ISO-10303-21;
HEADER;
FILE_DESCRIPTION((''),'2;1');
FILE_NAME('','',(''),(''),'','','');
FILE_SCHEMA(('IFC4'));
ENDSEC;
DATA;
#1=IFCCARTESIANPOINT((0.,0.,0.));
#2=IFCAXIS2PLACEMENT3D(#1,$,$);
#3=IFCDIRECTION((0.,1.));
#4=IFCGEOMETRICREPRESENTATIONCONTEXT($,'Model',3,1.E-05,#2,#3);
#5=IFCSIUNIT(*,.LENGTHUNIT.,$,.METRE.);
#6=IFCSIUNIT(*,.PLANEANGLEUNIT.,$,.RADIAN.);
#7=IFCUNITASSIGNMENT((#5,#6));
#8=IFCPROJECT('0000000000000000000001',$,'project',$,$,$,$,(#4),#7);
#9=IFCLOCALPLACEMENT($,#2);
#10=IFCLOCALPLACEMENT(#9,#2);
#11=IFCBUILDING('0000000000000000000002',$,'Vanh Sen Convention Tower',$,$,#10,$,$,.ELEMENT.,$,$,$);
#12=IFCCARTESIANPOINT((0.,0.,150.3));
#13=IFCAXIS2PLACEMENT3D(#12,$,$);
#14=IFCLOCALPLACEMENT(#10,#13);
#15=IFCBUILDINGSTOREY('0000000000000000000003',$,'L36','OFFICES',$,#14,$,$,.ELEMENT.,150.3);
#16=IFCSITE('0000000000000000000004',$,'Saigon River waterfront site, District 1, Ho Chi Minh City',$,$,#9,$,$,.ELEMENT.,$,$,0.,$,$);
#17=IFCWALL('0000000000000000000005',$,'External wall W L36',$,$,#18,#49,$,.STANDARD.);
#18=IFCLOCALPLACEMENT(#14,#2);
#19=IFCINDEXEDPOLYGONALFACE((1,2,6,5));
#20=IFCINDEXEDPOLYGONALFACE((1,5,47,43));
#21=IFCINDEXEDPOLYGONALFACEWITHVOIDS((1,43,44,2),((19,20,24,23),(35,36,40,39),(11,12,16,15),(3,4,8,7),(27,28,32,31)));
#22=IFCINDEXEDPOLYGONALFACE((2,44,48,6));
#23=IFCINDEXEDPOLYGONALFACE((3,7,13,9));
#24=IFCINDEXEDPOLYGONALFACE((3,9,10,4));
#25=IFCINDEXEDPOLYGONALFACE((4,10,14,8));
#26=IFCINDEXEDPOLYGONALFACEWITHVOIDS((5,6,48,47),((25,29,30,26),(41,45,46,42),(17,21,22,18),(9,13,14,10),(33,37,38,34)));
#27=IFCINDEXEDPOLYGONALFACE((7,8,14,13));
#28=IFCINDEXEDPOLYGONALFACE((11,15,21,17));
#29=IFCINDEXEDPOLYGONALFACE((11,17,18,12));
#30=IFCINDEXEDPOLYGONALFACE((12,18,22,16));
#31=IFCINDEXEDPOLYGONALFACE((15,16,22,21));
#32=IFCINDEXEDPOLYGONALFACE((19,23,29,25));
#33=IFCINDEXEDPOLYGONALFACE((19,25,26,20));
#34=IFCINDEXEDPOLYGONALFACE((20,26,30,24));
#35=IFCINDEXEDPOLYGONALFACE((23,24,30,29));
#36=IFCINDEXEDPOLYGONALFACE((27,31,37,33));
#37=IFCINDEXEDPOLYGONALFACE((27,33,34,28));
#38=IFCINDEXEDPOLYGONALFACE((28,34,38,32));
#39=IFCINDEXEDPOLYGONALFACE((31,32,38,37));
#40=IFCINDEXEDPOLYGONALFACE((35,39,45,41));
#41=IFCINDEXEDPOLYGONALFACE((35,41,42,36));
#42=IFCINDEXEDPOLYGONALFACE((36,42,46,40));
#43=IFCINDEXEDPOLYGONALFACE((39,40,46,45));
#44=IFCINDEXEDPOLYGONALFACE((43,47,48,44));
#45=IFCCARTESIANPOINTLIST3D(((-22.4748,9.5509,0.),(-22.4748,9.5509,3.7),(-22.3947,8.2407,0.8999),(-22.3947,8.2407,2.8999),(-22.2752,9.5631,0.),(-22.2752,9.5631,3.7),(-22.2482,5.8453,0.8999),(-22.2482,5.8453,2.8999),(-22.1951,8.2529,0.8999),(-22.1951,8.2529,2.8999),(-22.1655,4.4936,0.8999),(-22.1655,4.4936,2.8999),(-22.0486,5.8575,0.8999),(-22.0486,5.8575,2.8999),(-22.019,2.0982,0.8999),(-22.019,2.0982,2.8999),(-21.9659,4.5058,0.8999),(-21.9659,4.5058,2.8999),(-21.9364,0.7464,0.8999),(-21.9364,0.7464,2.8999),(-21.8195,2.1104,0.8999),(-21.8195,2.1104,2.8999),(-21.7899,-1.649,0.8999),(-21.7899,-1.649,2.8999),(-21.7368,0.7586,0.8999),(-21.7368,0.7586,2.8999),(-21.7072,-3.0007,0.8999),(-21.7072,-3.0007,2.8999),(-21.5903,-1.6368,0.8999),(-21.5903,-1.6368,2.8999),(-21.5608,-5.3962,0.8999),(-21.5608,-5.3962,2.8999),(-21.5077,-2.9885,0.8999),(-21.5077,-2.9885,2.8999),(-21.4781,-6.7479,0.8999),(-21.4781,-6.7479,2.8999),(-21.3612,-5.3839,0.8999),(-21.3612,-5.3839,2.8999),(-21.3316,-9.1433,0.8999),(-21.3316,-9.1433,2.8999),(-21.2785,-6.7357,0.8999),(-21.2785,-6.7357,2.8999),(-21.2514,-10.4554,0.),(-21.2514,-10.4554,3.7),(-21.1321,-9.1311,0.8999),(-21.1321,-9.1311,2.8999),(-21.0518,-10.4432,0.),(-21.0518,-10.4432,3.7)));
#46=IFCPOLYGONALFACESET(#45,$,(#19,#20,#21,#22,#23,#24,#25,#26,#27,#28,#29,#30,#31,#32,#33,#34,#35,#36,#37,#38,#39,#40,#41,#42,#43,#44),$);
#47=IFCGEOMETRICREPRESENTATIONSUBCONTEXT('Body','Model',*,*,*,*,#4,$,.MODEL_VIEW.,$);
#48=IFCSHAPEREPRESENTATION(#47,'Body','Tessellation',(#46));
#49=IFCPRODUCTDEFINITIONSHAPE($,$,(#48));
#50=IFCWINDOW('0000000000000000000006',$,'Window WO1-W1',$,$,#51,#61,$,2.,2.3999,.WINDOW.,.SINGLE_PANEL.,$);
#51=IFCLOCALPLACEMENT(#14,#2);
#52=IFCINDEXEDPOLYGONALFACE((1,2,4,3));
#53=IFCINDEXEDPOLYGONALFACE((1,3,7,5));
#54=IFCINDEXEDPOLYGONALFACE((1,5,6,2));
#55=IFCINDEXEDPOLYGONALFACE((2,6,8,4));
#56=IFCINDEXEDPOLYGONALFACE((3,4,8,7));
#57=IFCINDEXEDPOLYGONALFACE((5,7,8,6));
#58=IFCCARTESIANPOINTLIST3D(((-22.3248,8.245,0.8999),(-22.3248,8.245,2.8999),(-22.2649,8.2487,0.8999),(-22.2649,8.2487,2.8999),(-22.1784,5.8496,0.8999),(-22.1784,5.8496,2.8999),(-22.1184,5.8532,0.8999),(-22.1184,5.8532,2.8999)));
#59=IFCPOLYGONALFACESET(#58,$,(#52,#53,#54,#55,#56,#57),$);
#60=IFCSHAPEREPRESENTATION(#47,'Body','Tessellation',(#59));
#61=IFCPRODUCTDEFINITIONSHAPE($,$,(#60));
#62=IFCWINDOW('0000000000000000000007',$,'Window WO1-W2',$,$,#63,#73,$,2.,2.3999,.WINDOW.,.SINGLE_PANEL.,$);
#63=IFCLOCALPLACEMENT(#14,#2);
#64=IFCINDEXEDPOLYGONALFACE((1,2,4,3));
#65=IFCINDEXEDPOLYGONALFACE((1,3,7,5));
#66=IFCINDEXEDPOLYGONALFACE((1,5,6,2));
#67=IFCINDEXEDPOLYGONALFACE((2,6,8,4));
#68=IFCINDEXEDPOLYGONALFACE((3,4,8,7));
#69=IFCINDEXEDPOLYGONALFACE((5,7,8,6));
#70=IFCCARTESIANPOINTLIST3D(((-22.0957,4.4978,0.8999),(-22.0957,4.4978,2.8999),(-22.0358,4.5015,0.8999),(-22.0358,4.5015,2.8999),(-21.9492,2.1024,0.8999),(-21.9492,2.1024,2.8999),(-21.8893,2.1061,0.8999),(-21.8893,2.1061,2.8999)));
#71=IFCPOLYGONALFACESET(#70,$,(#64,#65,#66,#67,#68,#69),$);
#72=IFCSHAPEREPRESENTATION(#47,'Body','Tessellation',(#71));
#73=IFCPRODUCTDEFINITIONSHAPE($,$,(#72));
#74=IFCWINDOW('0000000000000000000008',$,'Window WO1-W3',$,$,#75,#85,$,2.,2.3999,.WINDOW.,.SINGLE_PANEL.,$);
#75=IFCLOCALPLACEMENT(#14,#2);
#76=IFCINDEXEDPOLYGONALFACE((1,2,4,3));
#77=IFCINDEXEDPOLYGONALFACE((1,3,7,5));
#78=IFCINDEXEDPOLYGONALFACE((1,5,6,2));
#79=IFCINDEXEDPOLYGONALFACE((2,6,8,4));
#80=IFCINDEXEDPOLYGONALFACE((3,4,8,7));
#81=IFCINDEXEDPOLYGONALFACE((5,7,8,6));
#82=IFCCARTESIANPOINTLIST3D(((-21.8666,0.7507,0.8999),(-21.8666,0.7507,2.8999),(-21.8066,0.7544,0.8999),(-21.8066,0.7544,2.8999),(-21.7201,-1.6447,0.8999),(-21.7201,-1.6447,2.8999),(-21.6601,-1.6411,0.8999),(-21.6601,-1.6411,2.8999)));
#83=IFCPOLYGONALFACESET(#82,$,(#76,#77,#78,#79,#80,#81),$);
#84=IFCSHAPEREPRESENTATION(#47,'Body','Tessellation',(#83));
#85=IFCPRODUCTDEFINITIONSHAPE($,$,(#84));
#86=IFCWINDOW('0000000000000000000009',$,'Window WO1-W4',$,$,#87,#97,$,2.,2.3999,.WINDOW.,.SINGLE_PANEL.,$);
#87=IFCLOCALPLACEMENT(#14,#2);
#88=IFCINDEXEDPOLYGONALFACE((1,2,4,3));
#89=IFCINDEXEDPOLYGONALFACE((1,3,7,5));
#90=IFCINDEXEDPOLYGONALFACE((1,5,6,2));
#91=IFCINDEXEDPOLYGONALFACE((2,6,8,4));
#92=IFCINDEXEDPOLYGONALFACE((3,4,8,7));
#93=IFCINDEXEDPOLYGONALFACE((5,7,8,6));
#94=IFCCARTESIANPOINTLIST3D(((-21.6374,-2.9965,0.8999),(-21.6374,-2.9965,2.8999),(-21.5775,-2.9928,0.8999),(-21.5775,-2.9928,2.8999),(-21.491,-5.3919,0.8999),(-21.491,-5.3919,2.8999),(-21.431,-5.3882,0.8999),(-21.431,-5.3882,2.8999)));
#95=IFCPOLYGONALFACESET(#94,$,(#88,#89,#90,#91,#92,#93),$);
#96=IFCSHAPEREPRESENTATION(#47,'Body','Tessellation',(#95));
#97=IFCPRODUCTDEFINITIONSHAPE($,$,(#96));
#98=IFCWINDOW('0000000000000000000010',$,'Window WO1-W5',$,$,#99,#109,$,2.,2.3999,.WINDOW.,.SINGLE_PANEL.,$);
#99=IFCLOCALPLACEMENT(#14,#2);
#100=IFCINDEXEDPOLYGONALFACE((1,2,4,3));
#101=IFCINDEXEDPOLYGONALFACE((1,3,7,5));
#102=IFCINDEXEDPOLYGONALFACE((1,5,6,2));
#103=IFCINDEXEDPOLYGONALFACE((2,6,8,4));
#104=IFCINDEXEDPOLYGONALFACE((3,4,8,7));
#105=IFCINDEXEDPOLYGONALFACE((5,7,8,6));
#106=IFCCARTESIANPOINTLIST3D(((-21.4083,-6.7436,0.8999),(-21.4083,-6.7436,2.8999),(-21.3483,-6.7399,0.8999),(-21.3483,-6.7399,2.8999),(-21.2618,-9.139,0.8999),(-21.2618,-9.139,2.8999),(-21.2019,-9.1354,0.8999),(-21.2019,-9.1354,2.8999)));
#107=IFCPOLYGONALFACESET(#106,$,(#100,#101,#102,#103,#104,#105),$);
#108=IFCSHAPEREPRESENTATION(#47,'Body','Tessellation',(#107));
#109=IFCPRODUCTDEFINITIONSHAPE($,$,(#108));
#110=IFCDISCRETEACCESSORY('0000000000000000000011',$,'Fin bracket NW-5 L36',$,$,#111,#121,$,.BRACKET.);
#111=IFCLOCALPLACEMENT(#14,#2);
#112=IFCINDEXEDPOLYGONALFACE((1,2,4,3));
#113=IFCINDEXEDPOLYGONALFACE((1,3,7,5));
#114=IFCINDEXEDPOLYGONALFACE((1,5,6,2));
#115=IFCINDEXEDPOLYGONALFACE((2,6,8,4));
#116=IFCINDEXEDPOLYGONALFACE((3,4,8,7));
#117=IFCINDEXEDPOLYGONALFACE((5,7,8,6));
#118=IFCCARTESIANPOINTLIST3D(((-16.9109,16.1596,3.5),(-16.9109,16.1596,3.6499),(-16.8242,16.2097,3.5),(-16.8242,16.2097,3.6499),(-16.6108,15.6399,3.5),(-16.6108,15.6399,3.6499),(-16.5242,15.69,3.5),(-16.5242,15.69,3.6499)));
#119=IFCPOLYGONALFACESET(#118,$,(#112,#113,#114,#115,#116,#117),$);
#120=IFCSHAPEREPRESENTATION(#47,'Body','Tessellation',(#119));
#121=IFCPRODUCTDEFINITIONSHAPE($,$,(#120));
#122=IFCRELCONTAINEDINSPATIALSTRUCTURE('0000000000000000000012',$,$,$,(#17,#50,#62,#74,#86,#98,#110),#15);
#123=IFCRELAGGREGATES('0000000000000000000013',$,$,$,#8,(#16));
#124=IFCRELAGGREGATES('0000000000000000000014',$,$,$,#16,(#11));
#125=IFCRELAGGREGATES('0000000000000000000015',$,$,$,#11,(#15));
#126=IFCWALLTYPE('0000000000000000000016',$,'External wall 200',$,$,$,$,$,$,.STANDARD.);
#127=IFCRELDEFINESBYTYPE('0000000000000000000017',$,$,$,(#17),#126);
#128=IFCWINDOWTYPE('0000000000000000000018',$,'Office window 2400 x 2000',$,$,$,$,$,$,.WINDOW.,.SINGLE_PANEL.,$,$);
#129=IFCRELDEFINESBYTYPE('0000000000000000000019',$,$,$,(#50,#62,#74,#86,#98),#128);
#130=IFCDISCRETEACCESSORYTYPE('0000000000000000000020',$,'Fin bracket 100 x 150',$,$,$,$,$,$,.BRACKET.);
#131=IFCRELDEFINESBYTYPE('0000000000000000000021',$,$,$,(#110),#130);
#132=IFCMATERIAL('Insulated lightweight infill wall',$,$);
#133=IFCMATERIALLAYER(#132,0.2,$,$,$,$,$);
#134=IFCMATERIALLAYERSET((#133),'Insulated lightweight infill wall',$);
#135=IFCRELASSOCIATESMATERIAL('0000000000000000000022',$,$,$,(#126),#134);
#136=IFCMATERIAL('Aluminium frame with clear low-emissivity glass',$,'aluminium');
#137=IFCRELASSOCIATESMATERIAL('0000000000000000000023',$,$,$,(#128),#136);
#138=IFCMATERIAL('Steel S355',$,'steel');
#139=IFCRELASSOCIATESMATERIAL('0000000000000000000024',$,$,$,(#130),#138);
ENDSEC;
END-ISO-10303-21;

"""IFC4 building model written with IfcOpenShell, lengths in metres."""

from ifc_helpers import new_model, si_unit, direction, frame, frame_2d, origin, origin_2d, place, context, subcontext, project, spatial, rectangle, extrude, material, layer, layer_set, type_object, element, fill, save


model = new_model("IFC4")

# Units and contexts
model_context = context("Model", 3, precision=1e-05, world=origin(), true_north=direction((0.0, 1.0)))
body_context = subcontext(model_context, "Body", "Model", "MODEL_VIEW")
ifc_project = project(units=[si_unit("LENGTHUNIT", "METRE"), si_unit("PLANEANGLEUNIT", "RADIAN")], contexts=[model_context])

# Site, building, storey
site_placement = place(None, origin())
site = spatial("IfcSite", under=ifc_project, at=site_placement, Name="Saigon River waterfront site, District 1, Ho Chi Minh City", CompositionType="ELEMENT", RefElevation=0.0)
building_placement = place(site_placement, origin())
building = spatial("IfcBuilding", under=site, at=building_placement, Name="Vanh Sen Convention Tower", CompositionType="ELEMENT")
storey_placement = place(building_placement, frame((0.0, 0.0, 150.3)))
storey = spatial("IfcBuildingStorey", under=building, at=storey_placement, Name="L36", Description="OFFICES", CompositionType="ELEMENT", Elevation=150.3)

# Shared definitions
ifc_material_1 = material(Name="Insulated lightweight infill wall")
ifc_layer_1 = layer(ifc_material_1, 0.2)
ifc_layer_set_1 = layer_set([ifc_layer_1], Name="Insulated lightweight infill wall")
wall_type_1 = type_object("IfcWallType", Name="External wall 200", PredefinedType="STANDARD", material=ifc_layer_set_1)
ifc_material_2 = material(Name="Aluminium frame with clear low-emissivity glass", Category="aluminium")

# Wall, openings, windows
wall_1_placement = place(storey_placement, frame((-22.375, 9.5571, 0.0), z_axis=(0.0, 0.0, 1.0), x_axis=(0.061036, -0.998136, 0.0)))
wall_1 = element("IfcWall", 1, at=wall_1_placement, inside=storey, type_object=wall_type_1, Name="External wall W L36", PredefinedType="STANDARD", context=body_context, shape_type="SweptSolid", body=[
    extrude(rectangle(XDim=20.0437, YDim=0.2, at=frame_2d((10.022, 0.0))), origin(), (0.0, 0.0, 1.0), 3.7),
])
opening_1_placement = place(wall_1_placement, frame((1.3127, 0.0, 0.8999)))
opening_1 = element("IfcOpeningElement", 2, at=opening_1_placement, cuts=wall_1, PredefinedType="OPENING", context=body_context, shape_type="SweptSolid", body=[
    extrude(rectangle(XDim=2.3999, YDim=2.0, at=frame_2d((1.2, 1.0))), frame((0.0, 0.1099, 0.0), z_axis=(0.0, -1.0, 0.0), x_axis=(1.0, 0.0, 0.0)), (0.0, 0.0, 1.0), 0.22),
])
opening_2_placement = place(wall_1_placement, frame((5.0669, 0.0, 0.8999)))
opening_2 = element("IfcOpeningElement", 3, at=opening_2_placement, cuts=wall_1, PredefinedType="OPENING", context=body_context, shape_type="SweptSolid", body=[
    extrude(rectangle(XDim=2.3999, YDim=2.0, at=frame_2d((1.2, 1.0))), frame((0.0, 0.1099, 0.0), z_axis=(0.0, -1.0, 0.0), x_axis=(1.0, 0.0, 0.0)), (0.0, 0.0, 1.0), 0.22),
])
opening_3_placement = place(wall_1_placement, frame((8.821, 0.0, 0.8999)))
opening_3 = element("IfcOpeningElement", 4, at=opening_3_placement, cuts=wall_1, PredefinedType="OPENING", context=body_context, shape_type="SweptSolid", body=[
    extrude(rectangle(XDim=2.3999, YDim=2.0, at=frame_2d((1.2, 1.0))), frame((0.0, 0.1099, 0.0), z_axis=(0.0, -1.0, 0.0), x_axis=(1.0, 0.0, 0.0)), (0.0, 0.0, 1.0), 0.22),
])
opening_4_placement = place(wall_1_placement, frame((12.5752, 0.0, 0.8999)))
opening_4 = element("IfcOpeningElement", 5, at=opening_4_placement, cuts=wall_1, PredefinedType="OPENING", context=body_context, shape_type="SweptSolid", body=[
    extrude(rectangle(XDim=2.3999, YDim=2.0, at=frame_2d((1.2, 1.0))), frame((0.0, 0.1099, 0.0), z_axis=(0.0, -1.0, 0.0), x_axis=(1.0, 0.0, 0.0)), (0.0, 0.0, 1.0), 0.22),
])
opening_5_placement = place(wall_1_placement, frame((16.3293, 0.0, 0.8999)))
opening_5 = element("IfcOpeningElement", 6, at=opening_5_placement, cuts=wall_1, PredefinedType="OPENING", context=body_context, shape_type="SweptSolid", body=[
    extrude(rectangle(XDim=2.3999, YDim=2.0, at=frame_2d((1.2, 1.0))), frame((0.0, 0.1099, 0.0), z_axis=(0.0, -1.0, 0.0), x_axis=(1.0, 0.0, 0.0)), (0.0, 0.0, 1.0), 0.22),
])
window_type_1 = type_object("IfcWindowType", Name="Office window 2400 x 2000", PartitioningType="SINGLE_PANEL", PredefinedType="WINDOW", material=ifc_material_2)
window_1_placement = place(opening_1_placement, origin())
window_1 = element("IfcWindow", 7, at=window_1_placement, inside=storey, type_object=window_type_1, Name="Window WO1-W1", OverallHeight=2.0, OverallWidth=2.3999, PartitioningType="SINGLE_PANEL", PredefinedType="WINDOW", context=body_context, shape_type="SweptSolid", body=[
    extrude(rectangle(XDim=2.3999, YDim=2.0, at=frame_2d((1.2, 1.0))), frame((0.0, 0.03, 0.0), z_axis=(0.0, -1.0, 0.0), x_axis=(1.0, 0.0, 0.0)), (0.0, 0.0, 1.0), 0.0601),
])
fill(opening_1, window_1)
window_2_placement = place(opening_2_placement, origin())
window_2 = element("IfcWindow", 8, at=window_2_placement, inside=storey, type_object=window_type_1, Name="Window WO1-W2", OverallHeight=2.0, OverallWidth=2.3999, PartitioningType="SINGLE_PANEL", PredefinedType="WINDOW", context=body_context, shape_type="SweptSolid", body=[
    extrude(rectangle(XDim=2.3999, YDim=2.0, at=frame_2d((1.2, 1.0))), frame((0.0, 0.03, 0.0), z_axis=(0.0, -1.0, 0.0), x_axis=(1.0, 0.0, 0.0)), (0.0, 0.0, 1.0), 0.0601),
])
fill(opening_2, window_2)
window_3_placement = place(opening_3_placement, origin())
window_3 = element("IfcWindow", 9, at=window_3_placement, inside=storey, type_object=window_type_1, Name="Window WO1-W3", OverallHeight=2.0, OverallWidth=2.3999, PartitioningType="SINGLE_PANEL", PredefinedType="WINDOW", context=body_context, shape_type="SweptSolid", body=[
    extrude(rectangle(XDim=2.3999, YDim=2.0, at=frame_2d((1.2, 1.0))), frame((0.0, 0.03, 0.0), z_axis=(0.0, -1.0, 0.0), x_axis=(1.0, 0.0, 0.0)), (0.0, 0.0, 1.0), 0.0601),
])
fill(opening_3, window_3)
window_4_placement = place(opening_4_placement, origin())
window_4 = element("IfcWindow", 10, at=window_4_placement, inside=storey, type_object=window_type_1, Name="Window WO1-W4", OverallHeight=2.0, OverallWidth=2.3999, PartitioningType="SINGLE_PANEL", PredefinedType="WINDOW", context=body_context, shape_type="SweptSolid", body=[
    extrude(rectangle(XDim=2.3999, YDim=2.0, at=frame_2d((1.2, 1.0))), frame((0.0, 0.03, 0.0), z_axis=(0.0, -1.0, 0.0), x_axis=(1.0, 0.0, 0.0)), (0.0, 0.0, 1.0), 0.0601),
])
fill(opening_4, window_4)
window_5_placement = place(opening_5_placement, origin())
window_5 = element("IfcWindow", 11, at=window_5_placement, inside=storey, type_object=window_type_1, Name="Window WO1-W5", OverallHeight=2.0, OverallWidth=2.3999, PartitioningType="SINGLE_PANEL", PredefinedType="WINDOW", context=body_context, shape_type="SweptSolid", body=[
    extrude(rectangle(XDim=2.3999, YDim=2.0, at=frame_2d((1.2, 1.0))), frame((0.0, 0.03, 0.0), z_axis=(0.0, -1.0, 0.0), x_axis=(1.0, 0.0, 0.0)), (0.0, 0.0, 1.0), 0.0601),
])
fill(opening_5, window_5)

# Discrete accessory
ifc_material_3 = material(Name="Steel S355", Category="steel")
discrete_accessory_type = type_object("IfcDiscreteAccessoryType", Name="Fin bracket 100 x 150", PredefinedType="BRACKET", material=ifc_material_3)
discrete_accessory_placement = place(storey_placement, frame((-16.7175, 15.9248, 3.5), z_axis=(0.0, 0.0, 1.0), x_axis=(-0.5, 0.866025, 0.0)))
element("IfcDiscreteAccessory", 12, at=discrete_accessory_placement, inside=storey, type_object=discrete_accessory_type, Name="Fin bracket NW-5 L36", PredefinedType="BRACKET", context=body_context, shape_type="SweptSolid", body=[
    extrude(rectangle(XDim=0.6001, YDim=0.1001, at=origin_2d()), origin(), (0.0, 0.0, 1.0), 0.1499),
])

save(model, "model.ifc")
